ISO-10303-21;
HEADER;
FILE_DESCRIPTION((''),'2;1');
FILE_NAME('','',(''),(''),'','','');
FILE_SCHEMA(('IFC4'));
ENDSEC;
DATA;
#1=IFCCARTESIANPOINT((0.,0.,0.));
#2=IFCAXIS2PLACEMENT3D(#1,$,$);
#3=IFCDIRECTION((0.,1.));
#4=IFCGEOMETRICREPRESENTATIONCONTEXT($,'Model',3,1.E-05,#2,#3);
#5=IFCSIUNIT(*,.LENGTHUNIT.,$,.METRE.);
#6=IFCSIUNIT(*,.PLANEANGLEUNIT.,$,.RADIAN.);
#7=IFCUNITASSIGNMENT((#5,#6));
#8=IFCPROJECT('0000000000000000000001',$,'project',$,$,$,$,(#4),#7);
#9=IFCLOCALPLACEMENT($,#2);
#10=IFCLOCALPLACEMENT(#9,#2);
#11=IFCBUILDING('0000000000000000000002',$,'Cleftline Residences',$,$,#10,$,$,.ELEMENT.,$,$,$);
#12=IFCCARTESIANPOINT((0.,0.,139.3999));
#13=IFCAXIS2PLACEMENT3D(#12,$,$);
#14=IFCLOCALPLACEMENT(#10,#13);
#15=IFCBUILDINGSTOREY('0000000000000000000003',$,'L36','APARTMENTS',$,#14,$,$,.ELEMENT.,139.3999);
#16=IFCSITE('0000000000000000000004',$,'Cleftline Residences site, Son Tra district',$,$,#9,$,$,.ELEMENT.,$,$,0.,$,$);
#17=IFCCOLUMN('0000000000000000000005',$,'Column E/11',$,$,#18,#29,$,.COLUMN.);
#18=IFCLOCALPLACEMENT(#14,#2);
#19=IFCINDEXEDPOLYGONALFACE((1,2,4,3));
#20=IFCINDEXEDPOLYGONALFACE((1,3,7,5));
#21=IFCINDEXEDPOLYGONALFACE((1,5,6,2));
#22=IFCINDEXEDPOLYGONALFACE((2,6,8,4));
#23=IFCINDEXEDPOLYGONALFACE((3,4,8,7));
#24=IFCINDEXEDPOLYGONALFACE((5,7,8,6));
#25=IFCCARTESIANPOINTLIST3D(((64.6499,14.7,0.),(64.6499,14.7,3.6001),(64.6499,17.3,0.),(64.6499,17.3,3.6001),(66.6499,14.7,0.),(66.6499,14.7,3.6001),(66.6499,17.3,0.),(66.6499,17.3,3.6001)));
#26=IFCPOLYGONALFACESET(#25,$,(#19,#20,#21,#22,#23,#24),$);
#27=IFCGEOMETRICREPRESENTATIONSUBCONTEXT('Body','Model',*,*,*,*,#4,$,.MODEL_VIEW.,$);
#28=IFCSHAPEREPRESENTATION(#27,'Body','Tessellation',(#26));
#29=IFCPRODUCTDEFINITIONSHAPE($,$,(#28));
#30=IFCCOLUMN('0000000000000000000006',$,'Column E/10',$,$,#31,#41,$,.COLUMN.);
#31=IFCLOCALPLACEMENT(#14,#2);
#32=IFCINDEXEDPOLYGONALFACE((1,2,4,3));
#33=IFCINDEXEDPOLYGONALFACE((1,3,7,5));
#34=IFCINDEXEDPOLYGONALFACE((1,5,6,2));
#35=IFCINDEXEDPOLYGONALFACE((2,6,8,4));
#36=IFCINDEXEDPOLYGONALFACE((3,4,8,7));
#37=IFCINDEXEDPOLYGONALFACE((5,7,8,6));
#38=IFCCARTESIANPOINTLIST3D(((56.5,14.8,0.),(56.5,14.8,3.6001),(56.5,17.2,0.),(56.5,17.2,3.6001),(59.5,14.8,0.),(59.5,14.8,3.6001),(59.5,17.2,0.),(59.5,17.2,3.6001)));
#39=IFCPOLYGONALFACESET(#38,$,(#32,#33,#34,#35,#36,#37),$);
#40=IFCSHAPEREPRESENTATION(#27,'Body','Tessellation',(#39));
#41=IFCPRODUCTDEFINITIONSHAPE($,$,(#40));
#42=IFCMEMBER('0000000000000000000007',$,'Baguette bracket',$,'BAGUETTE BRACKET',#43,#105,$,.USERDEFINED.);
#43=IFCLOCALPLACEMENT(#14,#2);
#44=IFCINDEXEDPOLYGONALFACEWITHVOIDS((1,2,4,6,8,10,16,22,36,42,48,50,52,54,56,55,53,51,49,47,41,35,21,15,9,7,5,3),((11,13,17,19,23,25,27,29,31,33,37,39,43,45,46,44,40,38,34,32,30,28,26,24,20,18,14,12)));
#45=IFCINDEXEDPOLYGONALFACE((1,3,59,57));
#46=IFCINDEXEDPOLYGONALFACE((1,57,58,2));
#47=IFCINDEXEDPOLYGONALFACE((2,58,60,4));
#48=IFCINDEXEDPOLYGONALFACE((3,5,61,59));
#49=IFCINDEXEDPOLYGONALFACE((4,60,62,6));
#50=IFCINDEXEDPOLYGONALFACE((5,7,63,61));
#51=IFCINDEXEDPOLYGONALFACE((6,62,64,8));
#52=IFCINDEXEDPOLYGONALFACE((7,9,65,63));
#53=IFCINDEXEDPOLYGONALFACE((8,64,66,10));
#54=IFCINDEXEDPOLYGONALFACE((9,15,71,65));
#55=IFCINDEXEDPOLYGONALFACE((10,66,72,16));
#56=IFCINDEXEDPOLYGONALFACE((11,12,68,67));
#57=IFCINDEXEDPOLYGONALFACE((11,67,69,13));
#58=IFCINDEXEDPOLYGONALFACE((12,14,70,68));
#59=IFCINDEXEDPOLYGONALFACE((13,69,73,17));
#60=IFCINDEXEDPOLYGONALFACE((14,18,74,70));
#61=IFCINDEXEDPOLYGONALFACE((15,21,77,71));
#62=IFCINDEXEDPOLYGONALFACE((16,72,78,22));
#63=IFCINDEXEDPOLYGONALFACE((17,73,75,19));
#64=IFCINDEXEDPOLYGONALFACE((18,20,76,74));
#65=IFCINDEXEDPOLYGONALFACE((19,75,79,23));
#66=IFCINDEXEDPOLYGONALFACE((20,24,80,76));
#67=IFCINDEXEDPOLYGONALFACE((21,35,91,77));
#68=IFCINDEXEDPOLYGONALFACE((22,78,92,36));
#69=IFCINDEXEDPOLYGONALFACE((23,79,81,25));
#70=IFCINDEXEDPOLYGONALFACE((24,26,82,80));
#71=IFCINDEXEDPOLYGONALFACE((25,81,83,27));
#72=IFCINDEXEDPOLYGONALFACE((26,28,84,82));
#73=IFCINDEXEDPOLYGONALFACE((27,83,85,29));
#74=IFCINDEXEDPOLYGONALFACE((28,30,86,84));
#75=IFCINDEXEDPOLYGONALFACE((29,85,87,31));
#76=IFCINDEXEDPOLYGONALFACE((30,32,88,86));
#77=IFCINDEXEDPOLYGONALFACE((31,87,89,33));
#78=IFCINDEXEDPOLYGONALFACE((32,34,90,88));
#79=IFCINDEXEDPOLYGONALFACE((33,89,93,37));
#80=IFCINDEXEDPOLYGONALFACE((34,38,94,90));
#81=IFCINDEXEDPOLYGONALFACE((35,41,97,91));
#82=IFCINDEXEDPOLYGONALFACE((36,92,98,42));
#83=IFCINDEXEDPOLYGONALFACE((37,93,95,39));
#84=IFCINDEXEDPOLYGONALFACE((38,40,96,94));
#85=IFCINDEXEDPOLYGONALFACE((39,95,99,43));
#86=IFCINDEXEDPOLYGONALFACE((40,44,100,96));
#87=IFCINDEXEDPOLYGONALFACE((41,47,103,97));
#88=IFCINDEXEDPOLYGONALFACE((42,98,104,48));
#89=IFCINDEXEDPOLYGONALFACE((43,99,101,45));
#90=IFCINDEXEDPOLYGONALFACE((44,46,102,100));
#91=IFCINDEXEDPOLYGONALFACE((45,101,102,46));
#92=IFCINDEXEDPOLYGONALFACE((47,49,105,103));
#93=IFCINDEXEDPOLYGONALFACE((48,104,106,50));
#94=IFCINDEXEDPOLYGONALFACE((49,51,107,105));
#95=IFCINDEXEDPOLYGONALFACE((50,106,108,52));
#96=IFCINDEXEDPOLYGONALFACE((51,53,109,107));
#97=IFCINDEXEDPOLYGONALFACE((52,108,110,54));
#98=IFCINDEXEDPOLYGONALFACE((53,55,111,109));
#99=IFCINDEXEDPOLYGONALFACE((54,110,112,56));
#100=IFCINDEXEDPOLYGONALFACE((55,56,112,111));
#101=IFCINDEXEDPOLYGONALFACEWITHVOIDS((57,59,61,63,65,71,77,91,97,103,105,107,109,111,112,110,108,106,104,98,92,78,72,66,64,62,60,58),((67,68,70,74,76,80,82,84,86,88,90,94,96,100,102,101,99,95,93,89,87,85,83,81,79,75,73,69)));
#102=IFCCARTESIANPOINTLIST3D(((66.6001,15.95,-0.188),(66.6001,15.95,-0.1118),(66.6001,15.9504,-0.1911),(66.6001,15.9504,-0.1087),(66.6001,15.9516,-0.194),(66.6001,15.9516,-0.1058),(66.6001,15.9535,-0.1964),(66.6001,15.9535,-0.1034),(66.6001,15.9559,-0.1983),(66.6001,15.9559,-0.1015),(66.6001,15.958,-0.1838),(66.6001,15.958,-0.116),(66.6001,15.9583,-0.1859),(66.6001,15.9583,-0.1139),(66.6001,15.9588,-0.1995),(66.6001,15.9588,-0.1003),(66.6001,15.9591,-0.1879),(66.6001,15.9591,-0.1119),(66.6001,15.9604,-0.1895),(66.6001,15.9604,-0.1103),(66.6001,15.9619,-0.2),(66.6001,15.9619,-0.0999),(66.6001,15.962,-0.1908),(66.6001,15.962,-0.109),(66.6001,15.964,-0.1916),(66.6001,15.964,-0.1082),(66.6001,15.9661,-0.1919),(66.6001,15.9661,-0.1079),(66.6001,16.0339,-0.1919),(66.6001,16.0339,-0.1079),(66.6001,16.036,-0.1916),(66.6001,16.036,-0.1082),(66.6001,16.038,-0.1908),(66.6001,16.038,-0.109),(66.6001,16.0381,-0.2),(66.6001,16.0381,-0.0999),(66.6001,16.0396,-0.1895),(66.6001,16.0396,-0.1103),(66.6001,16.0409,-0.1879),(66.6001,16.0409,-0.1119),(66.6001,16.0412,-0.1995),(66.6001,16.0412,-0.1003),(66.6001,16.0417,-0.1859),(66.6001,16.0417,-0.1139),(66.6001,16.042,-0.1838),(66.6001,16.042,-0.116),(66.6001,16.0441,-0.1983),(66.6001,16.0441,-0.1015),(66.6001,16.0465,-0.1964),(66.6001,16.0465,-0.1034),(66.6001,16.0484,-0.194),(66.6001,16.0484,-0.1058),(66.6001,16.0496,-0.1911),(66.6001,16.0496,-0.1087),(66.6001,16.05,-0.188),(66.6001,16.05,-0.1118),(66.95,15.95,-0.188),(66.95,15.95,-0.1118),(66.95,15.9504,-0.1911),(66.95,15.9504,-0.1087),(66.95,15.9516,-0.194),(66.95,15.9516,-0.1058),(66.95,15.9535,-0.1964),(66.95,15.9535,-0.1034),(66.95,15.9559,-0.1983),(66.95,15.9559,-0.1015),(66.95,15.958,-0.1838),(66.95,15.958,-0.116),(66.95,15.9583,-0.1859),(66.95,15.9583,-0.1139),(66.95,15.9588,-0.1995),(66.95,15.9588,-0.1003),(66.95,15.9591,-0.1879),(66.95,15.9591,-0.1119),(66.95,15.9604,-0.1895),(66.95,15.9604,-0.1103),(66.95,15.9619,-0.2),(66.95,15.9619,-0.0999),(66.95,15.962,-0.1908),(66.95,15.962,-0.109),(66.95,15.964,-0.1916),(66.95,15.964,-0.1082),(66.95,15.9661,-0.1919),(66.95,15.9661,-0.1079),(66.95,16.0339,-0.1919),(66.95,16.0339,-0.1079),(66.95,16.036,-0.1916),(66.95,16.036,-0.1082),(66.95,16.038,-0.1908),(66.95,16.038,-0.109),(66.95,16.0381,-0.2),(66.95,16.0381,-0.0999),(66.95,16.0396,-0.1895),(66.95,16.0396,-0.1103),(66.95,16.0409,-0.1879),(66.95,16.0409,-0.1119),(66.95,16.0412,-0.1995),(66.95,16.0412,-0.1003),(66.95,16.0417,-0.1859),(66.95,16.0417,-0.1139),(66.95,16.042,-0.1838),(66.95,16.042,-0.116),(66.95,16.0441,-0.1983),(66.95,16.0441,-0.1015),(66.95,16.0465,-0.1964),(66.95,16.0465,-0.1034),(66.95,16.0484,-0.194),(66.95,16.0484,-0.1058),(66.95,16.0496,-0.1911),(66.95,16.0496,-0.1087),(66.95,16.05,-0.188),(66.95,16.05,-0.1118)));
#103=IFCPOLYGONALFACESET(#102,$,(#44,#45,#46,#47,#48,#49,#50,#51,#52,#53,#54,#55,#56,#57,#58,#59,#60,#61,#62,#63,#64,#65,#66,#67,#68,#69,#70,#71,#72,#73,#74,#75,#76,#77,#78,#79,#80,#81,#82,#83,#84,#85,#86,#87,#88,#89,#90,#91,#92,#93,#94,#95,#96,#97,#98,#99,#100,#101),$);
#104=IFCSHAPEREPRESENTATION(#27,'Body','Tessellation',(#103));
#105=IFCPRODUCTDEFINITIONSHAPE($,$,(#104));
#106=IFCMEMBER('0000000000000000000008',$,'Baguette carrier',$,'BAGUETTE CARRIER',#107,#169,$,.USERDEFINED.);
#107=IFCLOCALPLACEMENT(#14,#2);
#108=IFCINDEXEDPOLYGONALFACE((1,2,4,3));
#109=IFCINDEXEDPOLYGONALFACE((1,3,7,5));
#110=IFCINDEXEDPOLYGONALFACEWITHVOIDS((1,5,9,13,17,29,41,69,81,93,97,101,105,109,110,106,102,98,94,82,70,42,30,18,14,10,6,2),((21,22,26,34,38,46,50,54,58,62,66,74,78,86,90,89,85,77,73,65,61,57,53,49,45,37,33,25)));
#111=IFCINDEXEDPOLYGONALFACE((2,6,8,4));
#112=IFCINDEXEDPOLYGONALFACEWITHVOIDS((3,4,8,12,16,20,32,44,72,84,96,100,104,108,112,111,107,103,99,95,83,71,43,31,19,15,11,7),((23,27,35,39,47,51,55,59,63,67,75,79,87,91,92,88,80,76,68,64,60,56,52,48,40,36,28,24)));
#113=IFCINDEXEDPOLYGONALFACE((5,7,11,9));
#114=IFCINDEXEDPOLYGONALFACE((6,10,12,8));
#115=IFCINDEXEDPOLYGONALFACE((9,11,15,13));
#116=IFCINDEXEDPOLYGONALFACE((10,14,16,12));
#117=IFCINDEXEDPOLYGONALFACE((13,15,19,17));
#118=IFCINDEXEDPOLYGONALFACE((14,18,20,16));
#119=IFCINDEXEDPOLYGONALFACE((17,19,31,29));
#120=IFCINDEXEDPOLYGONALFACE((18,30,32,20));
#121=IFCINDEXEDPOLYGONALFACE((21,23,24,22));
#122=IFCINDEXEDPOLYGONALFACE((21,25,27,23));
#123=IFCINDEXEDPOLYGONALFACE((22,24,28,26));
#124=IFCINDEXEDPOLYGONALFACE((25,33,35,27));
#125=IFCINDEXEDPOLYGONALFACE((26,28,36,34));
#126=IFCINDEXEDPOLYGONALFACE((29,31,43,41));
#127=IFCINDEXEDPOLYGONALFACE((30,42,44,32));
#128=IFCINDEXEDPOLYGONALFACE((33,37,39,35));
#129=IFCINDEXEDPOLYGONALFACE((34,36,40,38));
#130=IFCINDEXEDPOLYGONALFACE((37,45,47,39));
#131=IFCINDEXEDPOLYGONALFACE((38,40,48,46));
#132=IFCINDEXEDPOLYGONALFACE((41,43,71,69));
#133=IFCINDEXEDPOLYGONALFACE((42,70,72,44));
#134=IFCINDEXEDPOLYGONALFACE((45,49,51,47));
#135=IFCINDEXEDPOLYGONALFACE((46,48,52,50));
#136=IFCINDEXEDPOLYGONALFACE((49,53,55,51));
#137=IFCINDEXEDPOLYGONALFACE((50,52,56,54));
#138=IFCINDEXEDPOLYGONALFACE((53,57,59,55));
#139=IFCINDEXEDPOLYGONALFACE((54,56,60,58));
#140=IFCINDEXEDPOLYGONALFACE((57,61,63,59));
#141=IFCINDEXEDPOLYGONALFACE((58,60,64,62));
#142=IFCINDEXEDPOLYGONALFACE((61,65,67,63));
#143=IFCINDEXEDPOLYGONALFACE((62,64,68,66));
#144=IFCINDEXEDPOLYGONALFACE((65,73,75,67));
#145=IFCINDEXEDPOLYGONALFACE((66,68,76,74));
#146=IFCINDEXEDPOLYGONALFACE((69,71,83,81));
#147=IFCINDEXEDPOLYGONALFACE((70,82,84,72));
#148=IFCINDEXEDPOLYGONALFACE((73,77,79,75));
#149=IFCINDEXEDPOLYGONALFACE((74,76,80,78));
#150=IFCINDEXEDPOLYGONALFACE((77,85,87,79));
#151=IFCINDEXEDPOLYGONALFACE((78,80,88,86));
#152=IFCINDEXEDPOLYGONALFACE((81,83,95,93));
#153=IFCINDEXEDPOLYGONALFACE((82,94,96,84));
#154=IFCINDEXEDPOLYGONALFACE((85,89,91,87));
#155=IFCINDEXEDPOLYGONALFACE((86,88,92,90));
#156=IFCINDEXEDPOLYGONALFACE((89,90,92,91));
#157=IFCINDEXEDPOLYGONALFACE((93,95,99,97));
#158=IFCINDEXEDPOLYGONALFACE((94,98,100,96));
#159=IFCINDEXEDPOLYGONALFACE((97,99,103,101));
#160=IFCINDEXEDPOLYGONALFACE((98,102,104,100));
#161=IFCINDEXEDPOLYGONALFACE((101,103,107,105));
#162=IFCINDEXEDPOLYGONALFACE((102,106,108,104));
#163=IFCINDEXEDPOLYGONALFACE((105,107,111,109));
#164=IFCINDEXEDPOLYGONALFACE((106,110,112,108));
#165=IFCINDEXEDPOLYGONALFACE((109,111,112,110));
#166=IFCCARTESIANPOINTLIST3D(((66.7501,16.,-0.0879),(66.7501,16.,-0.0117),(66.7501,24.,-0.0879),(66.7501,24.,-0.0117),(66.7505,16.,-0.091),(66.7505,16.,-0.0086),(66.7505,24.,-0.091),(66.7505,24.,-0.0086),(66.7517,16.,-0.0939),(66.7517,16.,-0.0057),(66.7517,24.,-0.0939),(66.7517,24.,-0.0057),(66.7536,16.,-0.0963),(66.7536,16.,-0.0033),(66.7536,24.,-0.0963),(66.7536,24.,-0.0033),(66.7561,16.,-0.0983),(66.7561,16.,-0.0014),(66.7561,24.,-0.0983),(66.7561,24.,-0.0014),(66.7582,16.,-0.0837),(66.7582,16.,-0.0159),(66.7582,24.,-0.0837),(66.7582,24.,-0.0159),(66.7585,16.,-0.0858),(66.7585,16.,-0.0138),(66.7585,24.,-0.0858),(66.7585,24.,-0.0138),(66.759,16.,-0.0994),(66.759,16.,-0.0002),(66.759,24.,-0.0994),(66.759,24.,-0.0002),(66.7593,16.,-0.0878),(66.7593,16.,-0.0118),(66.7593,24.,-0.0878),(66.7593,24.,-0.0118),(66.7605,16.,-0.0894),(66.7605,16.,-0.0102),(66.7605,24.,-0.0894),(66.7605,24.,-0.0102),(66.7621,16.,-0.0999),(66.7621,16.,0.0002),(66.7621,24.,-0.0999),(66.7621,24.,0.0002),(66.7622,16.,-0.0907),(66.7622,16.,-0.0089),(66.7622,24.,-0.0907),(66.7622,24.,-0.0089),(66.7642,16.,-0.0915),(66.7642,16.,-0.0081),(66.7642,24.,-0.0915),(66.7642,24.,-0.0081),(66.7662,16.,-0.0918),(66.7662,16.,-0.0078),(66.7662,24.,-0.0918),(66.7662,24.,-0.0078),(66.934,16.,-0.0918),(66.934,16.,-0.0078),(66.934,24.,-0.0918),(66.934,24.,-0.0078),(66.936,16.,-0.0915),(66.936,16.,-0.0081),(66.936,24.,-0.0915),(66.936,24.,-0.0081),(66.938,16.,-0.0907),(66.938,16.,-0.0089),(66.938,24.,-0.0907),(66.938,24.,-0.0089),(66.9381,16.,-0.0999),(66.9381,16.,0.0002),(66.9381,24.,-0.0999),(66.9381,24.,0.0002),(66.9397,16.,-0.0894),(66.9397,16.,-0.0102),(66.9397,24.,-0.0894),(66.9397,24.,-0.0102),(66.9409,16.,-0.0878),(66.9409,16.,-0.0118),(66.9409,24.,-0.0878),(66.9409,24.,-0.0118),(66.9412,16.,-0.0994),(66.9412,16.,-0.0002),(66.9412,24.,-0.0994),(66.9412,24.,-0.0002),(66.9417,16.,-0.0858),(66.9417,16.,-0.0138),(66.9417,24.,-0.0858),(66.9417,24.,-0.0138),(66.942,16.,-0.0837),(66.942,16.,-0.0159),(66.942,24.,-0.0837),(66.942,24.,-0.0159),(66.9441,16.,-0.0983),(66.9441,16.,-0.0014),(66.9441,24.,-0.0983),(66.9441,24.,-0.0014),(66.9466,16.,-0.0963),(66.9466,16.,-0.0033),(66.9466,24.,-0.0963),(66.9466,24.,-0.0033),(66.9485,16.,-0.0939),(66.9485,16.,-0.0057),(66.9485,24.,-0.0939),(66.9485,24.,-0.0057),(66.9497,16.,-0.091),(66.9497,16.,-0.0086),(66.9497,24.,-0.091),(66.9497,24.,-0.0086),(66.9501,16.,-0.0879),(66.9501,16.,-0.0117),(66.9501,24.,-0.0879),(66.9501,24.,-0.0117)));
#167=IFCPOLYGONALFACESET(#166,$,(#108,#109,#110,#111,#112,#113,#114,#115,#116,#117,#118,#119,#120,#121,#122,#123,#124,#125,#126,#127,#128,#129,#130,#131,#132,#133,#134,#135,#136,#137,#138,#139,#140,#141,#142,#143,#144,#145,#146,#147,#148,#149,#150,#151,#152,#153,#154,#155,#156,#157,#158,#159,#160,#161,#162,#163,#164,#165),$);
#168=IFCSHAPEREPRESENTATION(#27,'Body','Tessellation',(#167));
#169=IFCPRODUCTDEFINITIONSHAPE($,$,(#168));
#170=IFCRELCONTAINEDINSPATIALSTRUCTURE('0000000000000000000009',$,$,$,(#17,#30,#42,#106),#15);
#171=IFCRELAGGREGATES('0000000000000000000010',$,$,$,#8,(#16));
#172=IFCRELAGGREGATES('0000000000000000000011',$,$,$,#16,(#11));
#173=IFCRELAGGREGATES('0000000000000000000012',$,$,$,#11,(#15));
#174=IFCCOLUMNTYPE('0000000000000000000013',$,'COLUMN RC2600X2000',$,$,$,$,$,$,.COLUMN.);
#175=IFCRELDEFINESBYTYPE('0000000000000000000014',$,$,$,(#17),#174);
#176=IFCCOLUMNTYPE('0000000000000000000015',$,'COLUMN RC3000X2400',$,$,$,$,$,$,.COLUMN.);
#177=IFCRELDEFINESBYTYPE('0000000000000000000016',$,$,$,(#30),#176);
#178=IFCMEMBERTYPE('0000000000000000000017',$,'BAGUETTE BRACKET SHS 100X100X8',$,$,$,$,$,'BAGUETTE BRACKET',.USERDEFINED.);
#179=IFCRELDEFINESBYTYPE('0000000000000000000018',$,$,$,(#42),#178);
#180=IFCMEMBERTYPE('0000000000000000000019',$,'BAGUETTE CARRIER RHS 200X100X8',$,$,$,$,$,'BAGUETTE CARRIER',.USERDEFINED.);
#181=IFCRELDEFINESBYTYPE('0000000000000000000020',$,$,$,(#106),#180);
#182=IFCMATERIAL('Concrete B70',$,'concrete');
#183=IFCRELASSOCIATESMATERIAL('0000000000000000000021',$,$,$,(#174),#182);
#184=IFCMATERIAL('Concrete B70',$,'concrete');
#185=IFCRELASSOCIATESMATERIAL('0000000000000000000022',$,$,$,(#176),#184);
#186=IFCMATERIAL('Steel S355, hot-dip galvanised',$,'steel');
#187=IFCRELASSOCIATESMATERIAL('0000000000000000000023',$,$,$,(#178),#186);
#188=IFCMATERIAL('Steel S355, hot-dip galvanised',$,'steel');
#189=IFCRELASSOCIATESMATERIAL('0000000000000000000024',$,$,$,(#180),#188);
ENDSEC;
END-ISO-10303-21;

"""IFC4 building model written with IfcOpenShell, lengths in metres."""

from ifc_helpers import new_model, si_unit, direction, frame, origin, origin_2d, place, context, subcontext, project, spatial, rectangle, hollow_rectangle, extrude, material, material_profile, profile_set, type_object, element, save


model = new_model("IFC4")

# Units and contexts
model_context = context("Model", 3, precision=1e-05, world=origin(), true_north=direction((0.0, 1.0)))
body_context = subcontext(model_context, "Body", "Model", "MODEL_VIEW")
ifc_project = project(units=[si_unit("LENGTHUNIT", "METRE"), si_unit("PLANEANGLEUNIT", "RADIAN")], contexts=[model_context])

# Site, building, storey
site_placement = place(None, origin())
site = spatial("IfcSite", under=ifc_project, at=site_placement, Name="Cleftline Residences site, Son Tra district", CompositionType="ELEMENT", RefElevation=0.0)
building_placement = place(site_placement, origin())
building = spatial("IfcBuilding", under=site, at=building_placement, Name="Cleftline Residences", CompositionType="ELEMENT")
storey_placement = place(building_placement, frame((0.0, 0.0, 139.3999)))
storey = spatial("IfcBuildingStorey", under=building, at=storey_placement, Name="L36", Description="APARTMENTS", CompositionType="ELEMENT", Elevation=139.3999)

# Columns
ifc_material_1 = material(Name="Concrete B70", Category="concrete")
ifc_material_profile_1 = material_profile(ifc_material_1, rectangle(XDim=2.6001, YDim=2.0, at=origin_2d()))
ifc_profile_set_1 = profile_set([ifc_material_profile_1], Name="Concrete B70")
column_type_1 = type_object("IfcColumnType", Name="COLUMN RC2600X2000", PredefinedType="COLUMN", material=ifc_profile_set_1)
column_1_placement = place(storey_placement, frame((65.6499, 16.0, 0.0), z_axis=(0.0, 0.0, 1.0), x_axis=(0.0, 1.0, 0.0)))
element("IfcColumn", 1, at=column_1_placement, inside=storey, type_object=column_type_1, Name="Column E/11", PredefinedType="COLUMN", context=body_context, shape_type="SweptSolid", body=[
    extrude(rectangle(XDim=2.6001, YDim=2.0, at=origin_2d()), origin(), (0.0, 0.0, 1.0), 3.6001),
])
ifc_material_2 = material(Name="Concrete B70", Category="concrete")
ifc_material_profile_2 = material_profile(ifc_material_2, rectangle(XDim=3.0, YDim=2.3999, at=origin_2d()))
ifc_profile_set_2 = profile_set([ifc_material_profile_2], Name="Concrete B70")
column_type_2 = type_object("IfcColumnType", Name="COLUMN RC3000X2400", PredefinedType="COLUMN", material=ifc_profile_set_2)
column_2_placement = place(storey_placement, frame((58.0, 16.0, 0.0), z_axis=(0.0, 0.0, 1.0), x_axis=(1.0, 0.0, 0.0)))
element("IfcColumn", 2, at=column_2_placement, inside=storey, type_object=column_type_2, Name="Column E/10", PredefinedType="COLUMN", context=body_context, shape_type="SweptSolid", body=[
    extrude(rectangle(XDim=3.0, YDim=2.3999, at=origin_2d()), origin(), (0.0, 0.0, 1.0), 3.6001),
])

# Members
ifc_material_3 = material(Name="Steel S355, hot-dip galvanised", Category="steel")
ifc_material_profile_3 = material_profile(ifc_material_3, hollow_rectangle(XDim=0.1001, YDim=0.1001, WallThickness=0.0081, InnerFilletRadius=0.0081, OuterFilletRadius=0.012, at=origin_2d()))
ifc_profile_set_3 = profile_set([ifc_material_profile_3], Name="Steel S355, hot-dip galvanised")
member_type_1 = type_object("IfcMemberType", Name="BAGUETTE BRACKET SHS 100X100X8", ElementType="BAGUETTE BRACKET", PredefinedType="USERDEFINED", material=ifc_profile_set_3)
member_1_placement = place(storey_placement, frame((66.6001, 16.0, -0.1499), z_axis=(1.0, 0.0, 0.0), x_axis=(0.0, 1.0, 0.0)))
element("IfcMember", 3, at=member_1_placement, inside=storey, type_object=member_type_1, Name="Baguette bracket", ObjectType="BAGUETTE BRACKET", PredefinedType="USERDEFINED", context=body_context, shape_type="SweptSolid", body=[
    extrude(hollow_rectangle(XDim=0.1001, YDim=0.1001, WallThickness=0.0081, InnerFilletRadius=0.0081, OuterFilletRadius=0.012, at=origin_2d()), origin(), (0.0, 0.0, 1.0), 0.3499),
])
ifc_material_4 = material(Name="Steel S355, hot-dip galvanised", Category="steel")
ifc_material_profile_4 = material_profile(ifc_material_4, hollow_rectangle(XDim=0.1001, YDim=0.2, WallThickness=0.0081, InnerFilletRadius=0.0081, OuterFilletRadius=0.012, at=origin_2d()))
ifc_profile_set_4 = profile_set([ifc_material_profile_4], Name="Steel S355, hot-dip galvanised")
member_type_2 = type_object("IfcMemberType", Name="BAGUETTE CARRIER RHS 200X100X8", ElementType="BAGUETTE CARRIER", PredefinedType="USERDEFINED", material=ifc_profile_set_4)
member_2_placement = place(storey_placement, frame((66.8501, 16.0, -0.0498), z_axis=(0.0, 1.0, 0.0), x_axis=(0.0, 0.0, 1.0)))
element("IfcMember", 4, at=member_2_placement, inside=storey, type_object=member_type_2, Name="Baguette carrier", ObjectType="BAGUETTE CARRIER", PredefinedType="USERDEFINED", context=body_context, shape_type="SweptSolid", body=[
    extrude(hollow_rectangle(XDim=0.1001, YDim=0.2, WallThickness=0.0081, InnerFilletRadius=0.0081, OuterFilletRadius=0.012, at=origin_2d()), origin(), (0.0, 0.0, 1.0), 8.0),
])

save(model, "model.ifc")
